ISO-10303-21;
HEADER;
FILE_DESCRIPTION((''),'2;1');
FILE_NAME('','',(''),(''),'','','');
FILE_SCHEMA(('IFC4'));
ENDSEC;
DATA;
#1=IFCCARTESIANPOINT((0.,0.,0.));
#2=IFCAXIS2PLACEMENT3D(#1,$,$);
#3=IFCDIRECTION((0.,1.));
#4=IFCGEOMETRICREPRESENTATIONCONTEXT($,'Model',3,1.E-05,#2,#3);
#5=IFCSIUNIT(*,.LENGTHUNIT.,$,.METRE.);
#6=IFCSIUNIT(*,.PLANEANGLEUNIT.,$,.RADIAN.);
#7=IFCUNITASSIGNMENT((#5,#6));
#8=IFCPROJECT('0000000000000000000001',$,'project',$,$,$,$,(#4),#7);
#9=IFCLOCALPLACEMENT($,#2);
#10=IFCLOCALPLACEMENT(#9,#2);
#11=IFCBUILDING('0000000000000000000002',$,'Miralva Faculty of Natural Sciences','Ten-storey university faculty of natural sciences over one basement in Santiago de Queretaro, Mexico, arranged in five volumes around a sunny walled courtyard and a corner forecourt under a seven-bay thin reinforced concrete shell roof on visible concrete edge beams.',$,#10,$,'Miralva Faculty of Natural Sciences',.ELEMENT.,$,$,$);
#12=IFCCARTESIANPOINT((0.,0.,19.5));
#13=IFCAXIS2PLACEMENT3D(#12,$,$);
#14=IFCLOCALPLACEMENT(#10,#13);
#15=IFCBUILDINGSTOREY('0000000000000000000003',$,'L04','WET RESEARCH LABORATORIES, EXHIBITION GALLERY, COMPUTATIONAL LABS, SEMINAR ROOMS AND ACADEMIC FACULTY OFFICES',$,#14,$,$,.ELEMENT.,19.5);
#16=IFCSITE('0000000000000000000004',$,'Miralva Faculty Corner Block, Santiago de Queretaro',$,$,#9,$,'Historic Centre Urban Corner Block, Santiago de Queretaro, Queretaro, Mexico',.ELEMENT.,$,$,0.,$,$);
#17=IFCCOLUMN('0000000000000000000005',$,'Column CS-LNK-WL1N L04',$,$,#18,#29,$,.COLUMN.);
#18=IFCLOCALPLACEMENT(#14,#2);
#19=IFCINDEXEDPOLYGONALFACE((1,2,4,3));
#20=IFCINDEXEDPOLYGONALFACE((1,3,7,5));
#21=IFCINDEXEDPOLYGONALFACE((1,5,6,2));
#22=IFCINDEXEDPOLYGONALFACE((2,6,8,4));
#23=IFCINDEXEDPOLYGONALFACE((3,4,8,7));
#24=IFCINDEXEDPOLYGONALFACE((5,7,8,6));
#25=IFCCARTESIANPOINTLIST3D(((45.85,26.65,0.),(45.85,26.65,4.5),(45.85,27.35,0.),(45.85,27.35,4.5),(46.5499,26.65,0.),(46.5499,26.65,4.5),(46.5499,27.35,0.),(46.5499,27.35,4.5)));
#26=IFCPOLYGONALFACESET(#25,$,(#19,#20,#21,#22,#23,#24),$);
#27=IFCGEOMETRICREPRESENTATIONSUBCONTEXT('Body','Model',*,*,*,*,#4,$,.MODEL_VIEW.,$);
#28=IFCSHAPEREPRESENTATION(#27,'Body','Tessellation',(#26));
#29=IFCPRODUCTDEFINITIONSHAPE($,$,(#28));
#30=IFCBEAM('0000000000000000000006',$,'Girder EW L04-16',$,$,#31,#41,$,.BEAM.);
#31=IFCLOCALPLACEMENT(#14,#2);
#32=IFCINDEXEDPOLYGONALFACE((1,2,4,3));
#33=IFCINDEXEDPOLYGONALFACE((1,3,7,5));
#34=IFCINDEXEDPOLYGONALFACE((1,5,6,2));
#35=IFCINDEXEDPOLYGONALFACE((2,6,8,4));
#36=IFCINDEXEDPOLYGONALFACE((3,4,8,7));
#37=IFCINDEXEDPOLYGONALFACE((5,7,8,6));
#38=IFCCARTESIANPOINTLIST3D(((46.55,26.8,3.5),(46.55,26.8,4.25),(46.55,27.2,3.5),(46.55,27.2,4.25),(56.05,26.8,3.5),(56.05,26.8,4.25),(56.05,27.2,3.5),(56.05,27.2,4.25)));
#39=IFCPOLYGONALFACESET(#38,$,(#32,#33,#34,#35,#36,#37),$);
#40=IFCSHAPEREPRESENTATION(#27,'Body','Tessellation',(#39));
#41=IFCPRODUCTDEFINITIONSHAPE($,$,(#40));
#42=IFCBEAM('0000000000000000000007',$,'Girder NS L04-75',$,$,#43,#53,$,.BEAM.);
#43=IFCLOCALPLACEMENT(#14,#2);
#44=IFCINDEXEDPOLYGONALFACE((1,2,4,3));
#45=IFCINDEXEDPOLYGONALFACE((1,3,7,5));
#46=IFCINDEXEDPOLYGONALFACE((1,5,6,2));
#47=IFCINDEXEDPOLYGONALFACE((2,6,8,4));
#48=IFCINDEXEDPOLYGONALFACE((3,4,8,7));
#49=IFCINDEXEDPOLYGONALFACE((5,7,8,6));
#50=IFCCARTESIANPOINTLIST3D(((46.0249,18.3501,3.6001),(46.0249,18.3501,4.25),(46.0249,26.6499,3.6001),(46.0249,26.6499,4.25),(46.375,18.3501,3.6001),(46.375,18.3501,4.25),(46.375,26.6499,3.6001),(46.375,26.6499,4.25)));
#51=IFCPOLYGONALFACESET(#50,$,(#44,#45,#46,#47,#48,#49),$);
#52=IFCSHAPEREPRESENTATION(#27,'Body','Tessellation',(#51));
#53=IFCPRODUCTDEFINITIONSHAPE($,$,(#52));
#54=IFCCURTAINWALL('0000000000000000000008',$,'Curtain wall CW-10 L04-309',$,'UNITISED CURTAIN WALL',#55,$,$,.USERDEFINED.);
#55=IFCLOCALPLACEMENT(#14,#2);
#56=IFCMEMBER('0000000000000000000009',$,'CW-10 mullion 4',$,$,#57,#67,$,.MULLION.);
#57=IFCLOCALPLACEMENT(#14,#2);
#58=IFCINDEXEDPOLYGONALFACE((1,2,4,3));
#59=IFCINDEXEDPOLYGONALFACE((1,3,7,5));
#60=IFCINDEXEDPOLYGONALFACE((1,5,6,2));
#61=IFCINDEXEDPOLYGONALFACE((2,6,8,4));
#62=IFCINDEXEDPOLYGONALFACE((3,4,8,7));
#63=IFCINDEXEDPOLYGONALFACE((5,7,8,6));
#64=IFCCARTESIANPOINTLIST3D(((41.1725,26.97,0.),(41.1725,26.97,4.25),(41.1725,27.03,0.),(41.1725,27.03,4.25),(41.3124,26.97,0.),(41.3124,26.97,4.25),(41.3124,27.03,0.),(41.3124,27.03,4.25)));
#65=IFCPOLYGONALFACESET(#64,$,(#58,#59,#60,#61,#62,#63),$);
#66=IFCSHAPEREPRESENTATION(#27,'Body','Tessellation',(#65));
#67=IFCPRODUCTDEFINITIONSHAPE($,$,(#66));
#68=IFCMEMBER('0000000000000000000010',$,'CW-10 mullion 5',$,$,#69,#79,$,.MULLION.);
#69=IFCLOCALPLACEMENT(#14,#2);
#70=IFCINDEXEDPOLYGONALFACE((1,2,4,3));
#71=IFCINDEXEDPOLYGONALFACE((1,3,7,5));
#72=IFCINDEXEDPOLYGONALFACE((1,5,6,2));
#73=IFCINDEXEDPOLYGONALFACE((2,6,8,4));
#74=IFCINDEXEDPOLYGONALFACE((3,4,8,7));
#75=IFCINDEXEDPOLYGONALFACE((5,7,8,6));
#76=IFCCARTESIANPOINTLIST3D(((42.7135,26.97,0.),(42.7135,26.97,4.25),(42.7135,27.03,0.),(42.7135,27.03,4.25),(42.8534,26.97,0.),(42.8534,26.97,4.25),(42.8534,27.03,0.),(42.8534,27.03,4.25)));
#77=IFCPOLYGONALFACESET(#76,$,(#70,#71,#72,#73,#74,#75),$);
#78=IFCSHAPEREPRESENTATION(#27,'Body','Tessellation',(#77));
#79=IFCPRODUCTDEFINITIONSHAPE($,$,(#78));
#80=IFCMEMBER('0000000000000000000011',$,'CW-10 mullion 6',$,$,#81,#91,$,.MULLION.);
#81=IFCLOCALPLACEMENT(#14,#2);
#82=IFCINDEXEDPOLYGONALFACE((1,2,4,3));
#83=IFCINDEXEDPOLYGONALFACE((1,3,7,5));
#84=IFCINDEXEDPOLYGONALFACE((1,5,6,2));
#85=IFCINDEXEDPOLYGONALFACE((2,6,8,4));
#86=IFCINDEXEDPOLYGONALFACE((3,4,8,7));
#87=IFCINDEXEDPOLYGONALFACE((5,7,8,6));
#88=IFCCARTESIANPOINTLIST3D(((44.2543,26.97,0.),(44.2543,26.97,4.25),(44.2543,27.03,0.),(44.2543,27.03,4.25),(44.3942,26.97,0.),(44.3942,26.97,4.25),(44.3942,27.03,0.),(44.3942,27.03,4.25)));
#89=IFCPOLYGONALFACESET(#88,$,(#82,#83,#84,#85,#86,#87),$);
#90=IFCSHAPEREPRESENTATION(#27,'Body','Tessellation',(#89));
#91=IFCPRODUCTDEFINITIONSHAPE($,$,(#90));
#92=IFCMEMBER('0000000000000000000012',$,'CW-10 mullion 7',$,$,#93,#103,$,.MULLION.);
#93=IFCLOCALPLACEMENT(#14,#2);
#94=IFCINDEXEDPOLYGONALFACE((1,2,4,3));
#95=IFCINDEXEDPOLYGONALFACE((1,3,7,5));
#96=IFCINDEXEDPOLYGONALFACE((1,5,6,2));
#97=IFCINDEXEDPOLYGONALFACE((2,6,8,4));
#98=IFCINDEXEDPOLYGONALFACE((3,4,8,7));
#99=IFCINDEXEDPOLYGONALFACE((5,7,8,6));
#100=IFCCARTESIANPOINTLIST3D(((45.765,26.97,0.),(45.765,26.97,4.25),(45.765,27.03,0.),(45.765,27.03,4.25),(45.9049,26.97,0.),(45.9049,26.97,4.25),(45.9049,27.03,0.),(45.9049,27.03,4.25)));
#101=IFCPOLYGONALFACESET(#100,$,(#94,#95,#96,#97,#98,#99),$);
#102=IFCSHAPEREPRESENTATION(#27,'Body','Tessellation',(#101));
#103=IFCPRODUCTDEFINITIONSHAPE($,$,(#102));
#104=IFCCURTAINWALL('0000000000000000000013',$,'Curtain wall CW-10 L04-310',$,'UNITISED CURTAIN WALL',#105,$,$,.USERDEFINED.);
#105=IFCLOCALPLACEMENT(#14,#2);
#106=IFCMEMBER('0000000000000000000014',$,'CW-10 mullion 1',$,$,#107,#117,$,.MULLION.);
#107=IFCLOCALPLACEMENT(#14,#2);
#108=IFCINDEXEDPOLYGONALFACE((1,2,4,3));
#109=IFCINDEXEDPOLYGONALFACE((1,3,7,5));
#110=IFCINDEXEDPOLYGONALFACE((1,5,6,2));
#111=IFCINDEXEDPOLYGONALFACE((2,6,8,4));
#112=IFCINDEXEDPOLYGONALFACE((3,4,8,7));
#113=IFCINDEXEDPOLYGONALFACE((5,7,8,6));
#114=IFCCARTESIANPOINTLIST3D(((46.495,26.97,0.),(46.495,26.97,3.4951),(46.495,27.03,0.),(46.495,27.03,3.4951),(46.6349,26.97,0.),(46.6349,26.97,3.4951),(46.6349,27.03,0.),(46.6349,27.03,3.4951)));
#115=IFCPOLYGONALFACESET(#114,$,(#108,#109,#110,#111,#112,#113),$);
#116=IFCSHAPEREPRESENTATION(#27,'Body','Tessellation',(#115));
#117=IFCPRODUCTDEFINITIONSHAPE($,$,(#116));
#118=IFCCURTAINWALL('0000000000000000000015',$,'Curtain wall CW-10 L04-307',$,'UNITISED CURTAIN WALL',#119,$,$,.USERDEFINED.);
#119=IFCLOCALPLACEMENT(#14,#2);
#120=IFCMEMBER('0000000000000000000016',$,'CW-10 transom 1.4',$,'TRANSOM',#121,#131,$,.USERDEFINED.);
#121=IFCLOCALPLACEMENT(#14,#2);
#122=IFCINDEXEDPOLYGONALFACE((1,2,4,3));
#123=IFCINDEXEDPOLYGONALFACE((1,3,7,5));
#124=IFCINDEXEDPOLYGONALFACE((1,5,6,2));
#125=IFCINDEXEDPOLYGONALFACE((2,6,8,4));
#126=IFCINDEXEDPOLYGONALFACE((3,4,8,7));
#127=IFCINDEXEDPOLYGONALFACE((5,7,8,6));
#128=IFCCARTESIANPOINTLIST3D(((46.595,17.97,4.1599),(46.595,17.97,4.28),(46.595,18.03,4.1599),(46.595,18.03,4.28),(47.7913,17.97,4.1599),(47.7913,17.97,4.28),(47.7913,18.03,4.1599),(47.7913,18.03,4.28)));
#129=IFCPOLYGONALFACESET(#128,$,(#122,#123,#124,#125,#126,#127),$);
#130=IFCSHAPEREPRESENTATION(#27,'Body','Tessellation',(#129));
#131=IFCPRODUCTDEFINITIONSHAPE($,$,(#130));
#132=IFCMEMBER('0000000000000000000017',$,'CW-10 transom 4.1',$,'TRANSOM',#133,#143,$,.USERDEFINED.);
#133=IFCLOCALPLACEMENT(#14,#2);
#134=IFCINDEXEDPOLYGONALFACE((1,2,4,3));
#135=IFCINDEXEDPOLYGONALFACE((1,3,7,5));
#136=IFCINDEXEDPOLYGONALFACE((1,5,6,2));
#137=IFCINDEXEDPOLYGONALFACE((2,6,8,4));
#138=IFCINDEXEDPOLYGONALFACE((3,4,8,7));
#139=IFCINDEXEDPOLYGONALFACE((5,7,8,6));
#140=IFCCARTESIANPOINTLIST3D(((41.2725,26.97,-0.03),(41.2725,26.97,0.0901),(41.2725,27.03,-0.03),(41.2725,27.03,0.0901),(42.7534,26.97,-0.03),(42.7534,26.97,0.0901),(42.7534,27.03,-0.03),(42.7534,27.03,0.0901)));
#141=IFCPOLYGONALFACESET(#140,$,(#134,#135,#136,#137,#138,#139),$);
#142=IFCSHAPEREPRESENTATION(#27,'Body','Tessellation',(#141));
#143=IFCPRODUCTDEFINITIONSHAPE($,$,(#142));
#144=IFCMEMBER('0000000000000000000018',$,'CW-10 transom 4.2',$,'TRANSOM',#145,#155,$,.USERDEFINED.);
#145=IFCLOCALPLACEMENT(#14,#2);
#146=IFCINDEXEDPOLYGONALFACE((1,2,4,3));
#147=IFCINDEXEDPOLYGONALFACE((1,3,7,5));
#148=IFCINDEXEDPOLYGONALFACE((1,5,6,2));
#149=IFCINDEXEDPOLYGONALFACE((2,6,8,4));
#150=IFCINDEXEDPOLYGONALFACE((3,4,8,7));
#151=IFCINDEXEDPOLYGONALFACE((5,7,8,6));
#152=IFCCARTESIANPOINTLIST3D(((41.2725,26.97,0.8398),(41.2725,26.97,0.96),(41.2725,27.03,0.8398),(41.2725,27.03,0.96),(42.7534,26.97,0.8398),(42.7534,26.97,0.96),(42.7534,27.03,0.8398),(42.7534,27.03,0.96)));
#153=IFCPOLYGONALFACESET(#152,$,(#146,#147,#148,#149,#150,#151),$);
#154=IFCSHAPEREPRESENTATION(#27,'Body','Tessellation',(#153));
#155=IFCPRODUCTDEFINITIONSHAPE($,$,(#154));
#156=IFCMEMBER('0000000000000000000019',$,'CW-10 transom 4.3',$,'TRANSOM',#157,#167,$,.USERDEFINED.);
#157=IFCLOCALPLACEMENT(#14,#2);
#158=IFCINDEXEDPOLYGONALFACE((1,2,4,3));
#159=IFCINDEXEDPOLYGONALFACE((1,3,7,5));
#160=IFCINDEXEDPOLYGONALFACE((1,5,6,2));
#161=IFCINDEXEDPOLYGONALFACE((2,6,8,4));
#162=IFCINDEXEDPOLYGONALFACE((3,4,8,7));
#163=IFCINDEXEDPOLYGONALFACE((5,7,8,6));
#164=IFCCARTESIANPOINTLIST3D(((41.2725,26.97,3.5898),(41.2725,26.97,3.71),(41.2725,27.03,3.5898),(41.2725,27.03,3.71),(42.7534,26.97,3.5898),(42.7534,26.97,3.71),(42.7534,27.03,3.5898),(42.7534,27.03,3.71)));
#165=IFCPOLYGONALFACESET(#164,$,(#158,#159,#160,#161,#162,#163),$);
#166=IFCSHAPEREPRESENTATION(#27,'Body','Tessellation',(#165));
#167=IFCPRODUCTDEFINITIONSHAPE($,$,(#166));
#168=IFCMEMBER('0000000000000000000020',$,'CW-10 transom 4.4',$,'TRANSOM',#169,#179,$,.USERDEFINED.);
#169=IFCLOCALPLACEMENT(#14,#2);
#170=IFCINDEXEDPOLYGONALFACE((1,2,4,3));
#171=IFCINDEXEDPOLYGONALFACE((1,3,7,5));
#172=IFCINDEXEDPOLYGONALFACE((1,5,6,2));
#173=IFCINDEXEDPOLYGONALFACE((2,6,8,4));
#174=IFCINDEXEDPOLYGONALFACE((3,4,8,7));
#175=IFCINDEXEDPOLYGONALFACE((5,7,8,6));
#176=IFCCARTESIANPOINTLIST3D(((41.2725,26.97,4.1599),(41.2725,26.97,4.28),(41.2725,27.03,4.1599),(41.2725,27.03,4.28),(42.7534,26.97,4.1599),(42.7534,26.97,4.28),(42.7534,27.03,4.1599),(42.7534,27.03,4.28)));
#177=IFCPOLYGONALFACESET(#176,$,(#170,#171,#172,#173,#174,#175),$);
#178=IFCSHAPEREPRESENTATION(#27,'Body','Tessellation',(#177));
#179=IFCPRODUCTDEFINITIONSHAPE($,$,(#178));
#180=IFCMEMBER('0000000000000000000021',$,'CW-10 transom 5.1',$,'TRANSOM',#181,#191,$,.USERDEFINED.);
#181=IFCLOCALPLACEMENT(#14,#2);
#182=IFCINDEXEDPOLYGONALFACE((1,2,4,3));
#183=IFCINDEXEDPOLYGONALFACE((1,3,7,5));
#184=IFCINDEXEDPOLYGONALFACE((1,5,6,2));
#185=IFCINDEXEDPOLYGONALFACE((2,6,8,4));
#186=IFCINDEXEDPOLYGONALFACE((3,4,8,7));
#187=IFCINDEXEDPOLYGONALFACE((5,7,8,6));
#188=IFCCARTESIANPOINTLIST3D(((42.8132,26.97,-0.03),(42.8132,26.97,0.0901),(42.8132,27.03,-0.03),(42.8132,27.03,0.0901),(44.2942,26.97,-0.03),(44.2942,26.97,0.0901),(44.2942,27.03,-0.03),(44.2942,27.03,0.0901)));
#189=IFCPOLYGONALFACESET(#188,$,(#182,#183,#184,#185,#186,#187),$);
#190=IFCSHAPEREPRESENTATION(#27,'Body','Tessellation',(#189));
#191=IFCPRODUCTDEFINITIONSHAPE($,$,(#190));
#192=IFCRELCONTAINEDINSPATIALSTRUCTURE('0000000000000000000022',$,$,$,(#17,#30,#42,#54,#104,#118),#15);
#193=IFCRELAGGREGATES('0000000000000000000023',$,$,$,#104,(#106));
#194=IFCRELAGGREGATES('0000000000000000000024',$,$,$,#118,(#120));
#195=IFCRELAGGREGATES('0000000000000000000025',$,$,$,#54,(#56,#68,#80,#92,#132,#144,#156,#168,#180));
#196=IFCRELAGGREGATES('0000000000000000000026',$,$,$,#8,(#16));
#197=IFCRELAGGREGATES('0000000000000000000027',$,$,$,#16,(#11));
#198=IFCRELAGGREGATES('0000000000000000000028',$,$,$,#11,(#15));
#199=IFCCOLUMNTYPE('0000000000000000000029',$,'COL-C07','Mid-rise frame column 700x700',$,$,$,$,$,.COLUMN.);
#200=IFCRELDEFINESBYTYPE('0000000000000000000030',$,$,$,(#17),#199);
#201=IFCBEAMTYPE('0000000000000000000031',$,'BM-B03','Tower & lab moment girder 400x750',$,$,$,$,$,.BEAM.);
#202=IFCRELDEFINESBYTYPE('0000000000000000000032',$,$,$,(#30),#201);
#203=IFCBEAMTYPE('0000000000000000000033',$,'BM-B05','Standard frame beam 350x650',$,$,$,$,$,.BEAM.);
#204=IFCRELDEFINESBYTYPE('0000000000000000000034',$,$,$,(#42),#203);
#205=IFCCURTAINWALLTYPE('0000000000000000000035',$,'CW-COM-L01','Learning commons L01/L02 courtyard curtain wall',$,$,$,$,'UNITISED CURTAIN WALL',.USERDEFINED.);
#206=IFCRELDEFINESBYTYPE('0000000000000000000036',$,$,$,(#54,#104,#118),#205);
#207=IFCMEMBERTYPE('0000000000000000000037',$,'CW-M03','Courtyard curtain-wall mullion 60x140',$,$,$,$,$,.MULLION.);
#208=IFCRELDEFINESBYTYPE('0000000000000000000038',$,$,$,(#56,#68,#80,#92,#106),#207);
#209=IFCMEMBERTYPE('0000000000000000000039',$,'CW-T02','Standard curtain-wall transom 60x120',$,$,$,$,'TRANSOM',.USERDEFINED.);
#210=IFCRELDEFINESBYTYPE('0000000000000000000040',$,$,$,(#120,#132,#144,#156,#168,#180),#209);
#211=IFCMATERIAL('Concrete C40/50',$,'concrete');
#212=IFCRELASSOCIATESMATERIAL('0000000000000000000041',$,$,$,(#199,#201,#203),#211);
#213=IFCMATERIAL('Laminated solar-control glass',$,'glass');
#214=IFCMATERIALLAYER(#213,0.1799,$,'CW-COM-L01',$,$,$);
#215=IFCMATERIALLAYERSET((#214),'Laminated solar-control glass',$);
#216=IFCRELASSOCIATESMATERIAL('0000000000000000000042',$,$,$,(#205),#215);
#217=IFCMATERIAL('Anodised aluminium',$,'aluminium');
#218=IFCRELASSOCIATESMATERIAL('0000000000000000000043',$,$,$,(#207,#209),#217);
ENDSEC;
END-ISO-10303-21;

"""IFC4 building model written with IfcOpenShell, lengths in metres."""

from ifc_helpers import new_model, si_unit, direction, frame, origin, origin_2d, place, context, subcontext, project, spatial, rectangle, extrude, material, layer, layer_set, material_profile, profile_set, type_object, element, aggregate, save


model = new_model("IFC4")

# Units and contexts
model_context = context("Model", 3, precision=1e-05, world=origin(), true_north=direction((0.0, 1.0)))
body_context = subcontext(model_context, "Body", "Model", "MODEL_VIEW")
ifc_project = project(units=[si_unit("LENGTHUNIT", "METRE"), si_unit("PLANEANGLEUNIT", "RADIAN")], contexts=[model_context])

# Site, building, storey
site_placement = place(None, origin())
site = spatial("IfcSite", under=ifc_project, at=site_placement, Name="Miralva Faculty Corner Block, Santiago de Queretaro", LongName="Historic Centre Urban Corner Block, Santiago de Queretaro, Queretaro, Mexico", CompositionType="ELEMENT", RefElevation=0.0)
building_placement = place(site_placement, origin())
building = spatial("IfcBuilding", under=site, at=building_placement, Name="Miralva Faculty of Natural Sciences", Description="Ten-storey university faculty of natural sciences over one basement in Santiago de Queretaro, Mexico, arranged in five volumes around a sunny walled courtyard and a corner forecourt under a seven-bay thin reinforced concrete shell roof on visible concrete edge beams.", LongName="Miralva Faculty of Natural Sciences", CompositionType="ELEMENT")
storey_placement = place(building_placement, frame((0.0, 0.0, 19.5)))
storey = spatial("IfcBuildingStorey", under=building, at=storey_placement, Name="L04", Description="WET RESEARCH LABORATORIES, EXHIBITION GALLERY, COMPUTATIONAL LABS, SEMINAR ROOMS AND ACADEMIC FACULTY OFFICES", CompositionType="ELEMENT", Elevation=19.5)

# Column
ifc_material_1 = material(Name="Concrete C40/50", Category="concrete")
ifc_material_profile_1 = material_profile(ifc_material_1, rectangle(XDim=0.7, YDim=0.7, at=origin_2d()), Name="RC 700x700")
ifc_profile_set_1 = profile_set([ifc_material_profile_1], Name="Concrete C40/50")
column_type = type_object("IfcColumnType", Name="COL-C07", Description="Mid-rise frame column 700x700", PredefinedType="COLUMN", material=ifc_profile_set_1)
column_placement = place(storey_placement, frame((46.2, 27.0, 0.0), z_axis=(0.0, 0.0, 1.0), x_axis=(1.0, 0.0, 0.0)))
element("IfcColumn", 1, at=column_placement, inside=storey, type_object=column_type, Name="Column CS-LNK-WL1N L04", PredefinedType="COLUMN", context=body_context, shape_type="SweptSolid", body=[
    extrude(rectangle(XDim=0.7, YDim=0.7, at=origin_2d()), origin(), (0.0, 0.0, 1.0), 4.5),
])

# Beams
ifc_material_profile_2 = material_profile(ifc_material_1, rectangle(XDim=0.3999, YDim=0.75, at=origin_2d()), Name="RC 400x750")
ifc_profile_set_2 = profile_set([ifc_material_profile_2], Name="Concrete C40/50")
beam_type_1 = type_object("IfcBeamType", Name="BM-B03", Description="Tower & lab moment girder 400x750", PredefinedType="BEAM", material=ifc_profile_set_2)
beam_1_placement = place(storey_placement, frame((46.55, 27.0, 3.875), z_axis=(1.0, 0.0, 0.0), x_axis=(0.0, 1.0, 0.0)))
element("IfcBeam", 2, at=beam_1_placement, inside=storey, type_object=beam_type_1, Name="Girder EW L04-16", PredefinedType="BEAM", context=body_context, shape_type="SweptSolid", body=[
    extrude(rectangle(XDim=0.3999, YDim=0.75, at=origin_2d()), origin(), (0.0, 0.0, 1.0), 9.5),
])
ifc_material_profile_3 = material_profile(ifc_material_1, rectangle(XDim=0.3501, YDim=0.6499, at=origin_2d()), Name="RC 350x650")
ifc_profile_set_3 = profile_set([ifc_material_profile_3], Name="Concrete C40/50")
beam_type_2 = type_object("IfcBeamType", Name="BM-B05", Description="Standard frame beam 350x650", PredefinedType="BEAM", material=ifc_profile_set_3)
beam_2_placement = place(storey_placement, frame((46.2, 18.3501, 3.925), z_axis=(0.0, 1.0, 0.0), x_axis=(-1.0, 0.0, 0.0)))
element("IfcBeam", 3, at=beam_2_placement, inside=storey, type_object=beam_type_2, Name="Girder NS L04-75", PredefinedType="BEAM", context=body_context, shape_type="SweptSolid", body=[
    extrude(rectangle(XDim=0.3501, YDim=0.6499, at=origin_2d()), origin(), (0.0, 0.0, 1.0), 8.2998),
])

# Curtain wall, members
ifc_material_2 = material(Name="Laminated solar-control glass", Category="glass")
ifc_layer_1 = layer(ifc_material_2, 0.1799, Name="CW-COM-L01")
ifc_layer_set_1 = layer_set([ifc_layer_1], Name="Laminated solar-control glass")
curtain_wall_type = type_object("IfcCurtainWallType", Name="CW-COM-L01", Description="Learning commons L01/L02 courtyard curtain wall", ElementType="UNITISED CURTAIN WALL", PredefinedType="USERDEFINED", material=ifc_layer_set_1)
curtain_wall_1_placement = place(storey_placement, origin())
curtain_wall_1 = element("IfcCurtainWall", 4, at=curtain_wall_1_placement, inside=storey, type_object=curtain_wall_type, Name="Curtain wall CW-10 L04-309", ObjectType="UNITISED CURTAIN WALL", PredefinedType="USERDEFINED")
ifc_material_3 = material(Name="Anodised aluminium", Category="aluminium")
ifc_material_profile_4 = material_profile(ifc_material_3, rectangle(XDim=0.0601, YDim=0.1399, at=origin_2d()), Name="MULLION 60x140")
ifc_profile_set_4 = profile_set([ifc_material_profile_4], Name="Anodised aluminium")
member_type_1 = type_object("IfcMemberType", Name="CW-M03", Description="Courtyard curtain-wall mullion 60x140", PredefinedType="MULLION", material=ifc_profile_set_4)
member_1_placement = place(storey_placement, frame((41.2424, 27.0, 0.0), z_axis=(0.0, 0.0, 1.0), x_axis=(0.0, 1.0, 0.0)))
member_1 = element("IfcMember", 5, at=member_1_placement, type_object=member_type_1, Name="CW-10 mullion 4", PredefinedType="MULLION", context=body_context, shape_type="SweptSolid", body=[
    extrude(rectangle(XDim=0.0601, YDim=0.1399, at=origin_2d()), origin(), (0.0, 0.0, 1.0), 4.25),
])
member_2_placement = place(storey_placement, frame((42.7834, 27.0, 0.0), z_axis=(0.0, 0.0, 1.0), x_axis=(0.0, 1.0, 0.0)))
member_2 = element("IfcMember", 6, at=member_2_placement, type_object=member_type_1, Name="CW-10 mullion 5", PredefinedType="MULLION", context=body_context, shape_type="SweptSolid", body=[
    extrude(rectangle(XDim=0.0601, YDim=0.1399, at=origin_2d()), origin(), (0.0, 0.0, 1.0), 4.25),
])
member_3_placement = place(storey_placement, frame((44.3242, 27.0, 0.0), z_axis=(0.0, 0.0, 1.0), x_axis=(0.0, 1.0, 0.0)))
member_3 = element("IfcMember", 7, at=member_3_placement, type_object=member_type_1, Name="CW-10 mullion 6", PredefinedType="MULLION", context=body_context, shape_type="SweptSolid", body=[
    extrude(rectangle(XDim=0.0601, YDim=0.1399, at=origin_2d()), origin(), (0.0, 0.0, 1.0), 4.25),
])
member_4_placement = place(storey_placement, frame((45.835, 27.0, 0.0), z_axis=(0.0, 0.0, 1.0), x_axis=(0.0, 1.0, 0.0)))
member_4 = element("IfcMember", 8, at=member_4_placement, type_object=member_type_1, Name="CW-10 mullion 7", PredefinedType="MULLION", context=body_context, shape_type="SweptSolid", body=[
    extrude(rectangle(XDim=0.0601, YDim=0.1399, at=origin_2d()), origin(), (0.0, 0.0, 1.0), 4.25),
])

# Curtain walls, members
curtain_wall_2_placement = place(storey_placement, origin())
curtain_wall_2 = element("IfcCurtainWall", 9, at=curtain_wall_2_placement, inside=storey, type_object=curtain_wall_type, Name="Curtain wall CW-10 L04-310", ObjectType="UNITISED CURTAIN WALL", PredefinedType="USERDEFINED")
member_5_placement = place(storey_placement, frame((46.5649, 27.0, 0.0), z_axis=(0.0, 0.0, 1.0), x_axis=(0.0, 1.0, 0.0)))
member_5 = element("IfcMember", 10, at=member_5_placement, type_object=member_type_1, Name="CW-10 mullion 1", PredefinedType="MULLION", context=body_context, shape_type="SweptSolid", body=[
    extrude(rectangle(XDim=0.0601, YDim=0.1399, at=origin_2d()), origin(), (0.0, 0.0, 1.0), 3.4951),
])
aggregate(curtain_wall_2, [member_5])
curtain_wall_3_placement = place(storey_placement, origin())
curtain_wall_3 = element("IfcCurtainWall", 11, at=curtain_wall_3_placement, inside=storey, type_object=curtain_wall_type, Name="Curtain wall CW-10 L04-307", ObjectType="UNITISED CURTAIN WALL", PredefinedType="USERDEFINED")
ifc_material_profile_5 = material_profile(ifc_material_3, rectangle(XDim=0.0601, YDim=0.1201, at=origin_2d()), Name="TRANSOM 60x120")
ifc_profile_set_5 = profile_set([ifc_material_profile_5], Name="Anodised aluminium")
member_type_2 = type_object("IfcMemberType", Name="CW-T02", Description="Standard curtain-wall transom 60x120", ElementType="TRANSOM", PredefinedType="USERDEFINED", material=ifc_profile_set_5)
member_6_placement = place(storey_placement, frame((46.595, 18.0, 4.22), z_axis=(1.0, 0.0, 0.0), x_axis=(0.0, 1.0, 0.0)))
member_6 = element("IfcMember", 12, at=member_6_placement, type_object=member_type_2, Name="CW-10 transom 1.4", ObjectType="TRANSOM", PredefinedType="USERDEFINED", context=body_context, shape_type="SweptSolid", body=[
    extrude(rectangle(XDim=0.0601, YDim=0.1201, at=origin_2d()), origin(), (0.0, 0.0, 1.0), 1.1963),
])
aggregate(curtain_wall_3, [member_6])

# Members
member_7_placement = place(storey_placement, frame((41.2725, 27.0, 0.03), z_axis=(1.0, 0.0, 0.0), x_axis=(0.0, 1.0, 0.0)))
member_7 = element("IfcMember", 13, at=member_7_placement, type_object=member_type_2, Name="CW-10 transom 4.1", ObjectType="TRANSOM", PredefinedType="USERDEFINED", context=body_context, shape_type="SweptSolid", body=[
    extrude(rectangle(XDim=0.0601, YDim=0.1201, at=origin_2d()), origin(), (0.0, 0.0, 1.0), 1.481),
])
member_8_placement = place(storey_placement, frame((41.2725, 27.0, 0.8999), z_axis=(1.0, 0.0, 0.0), x_axis=(0.0, 1.0, 0.0)))
member_8 = element("IfcMember", 14, at=member_8_placement, type_object=member_type_2, Name="CW-10 transom 4.2", ObjectType="TRANSOM", PredefinedType="USERDEFINED", context=body_context, shape_type="SweptSolid", body=[
    extrude(rectangle(XDim=0.0601, YDim=0.1201, at=origin_2d()), origin(), (0.0, 0.0, 1.0), 1.481),
])
member_9_placement = place(storey_placement, frame((41.2725, 27.0, 3.6499), z_axis=(1.0, 0.0, 0.0), x_axis=(0.0, 1.0, 0.0)))
member_9 = element("IfcMember", 15, at=member_9_placement, type_object=member_type_2, Name="CW-10 transom 4.3", ObjectType="TRANSOM", PredefinedType="USERDEFINED", context=body_context, shape_type="SweptSolid", body=[
    extrude(rectangle(XDim=0.0601, YDim=0.1201, at=origin_2d()), origin(), (0.0, 0.0, 1.0), 1.481),
])
member_10_placement = place(storey_placement, frame((41.2725, 27.0, 4.22), z_axis=(1.0, 0.0, 0.0), x_axis=(0.0, 1.0, 0.0)))
member_10 = element("IfcMember", 16, at=member_10_placement, type_object=member_type_2, Name="CW-10 transom 4.4", ObjectType="TRANSOM", PredefinedType="USERDEFINED", context=body_context, shape_type="SweptSolid", body=[
    extrude(rectangle(XDim=0.0601, YDim=0.1201, at=origin_2d()), origin(), (0.0, 0.0, 1.0), 1.481),
])
member_11_placement = place(storey_placement, frame((42.8132, 27.0, 0.03), z_axis=(1.0, 0.0, 0.0), x_axis=(0.0, 1.0, 0.0)))
member_11 = element("IfcMember", 17, at=member_11_placement, type_object=member_type_2, Name="CW-10 transom 5.1", ObjectType="TRANSOM", PredefinedType="USERDEFINED", context=body_context, shape_type="SweptSolid", body=[
    extrude(rectangle(XDim=0.0601, YDim=0.1201, at=origin_2d()), origin(), (0.0, 0.0, 1.0), 1.481),
])

aggregate(curtain_wall_1, [member_1, member_2, member_3, member_4, member_7, member_8, member_9, member_10, member_11])

save(model, "model.ifc")
